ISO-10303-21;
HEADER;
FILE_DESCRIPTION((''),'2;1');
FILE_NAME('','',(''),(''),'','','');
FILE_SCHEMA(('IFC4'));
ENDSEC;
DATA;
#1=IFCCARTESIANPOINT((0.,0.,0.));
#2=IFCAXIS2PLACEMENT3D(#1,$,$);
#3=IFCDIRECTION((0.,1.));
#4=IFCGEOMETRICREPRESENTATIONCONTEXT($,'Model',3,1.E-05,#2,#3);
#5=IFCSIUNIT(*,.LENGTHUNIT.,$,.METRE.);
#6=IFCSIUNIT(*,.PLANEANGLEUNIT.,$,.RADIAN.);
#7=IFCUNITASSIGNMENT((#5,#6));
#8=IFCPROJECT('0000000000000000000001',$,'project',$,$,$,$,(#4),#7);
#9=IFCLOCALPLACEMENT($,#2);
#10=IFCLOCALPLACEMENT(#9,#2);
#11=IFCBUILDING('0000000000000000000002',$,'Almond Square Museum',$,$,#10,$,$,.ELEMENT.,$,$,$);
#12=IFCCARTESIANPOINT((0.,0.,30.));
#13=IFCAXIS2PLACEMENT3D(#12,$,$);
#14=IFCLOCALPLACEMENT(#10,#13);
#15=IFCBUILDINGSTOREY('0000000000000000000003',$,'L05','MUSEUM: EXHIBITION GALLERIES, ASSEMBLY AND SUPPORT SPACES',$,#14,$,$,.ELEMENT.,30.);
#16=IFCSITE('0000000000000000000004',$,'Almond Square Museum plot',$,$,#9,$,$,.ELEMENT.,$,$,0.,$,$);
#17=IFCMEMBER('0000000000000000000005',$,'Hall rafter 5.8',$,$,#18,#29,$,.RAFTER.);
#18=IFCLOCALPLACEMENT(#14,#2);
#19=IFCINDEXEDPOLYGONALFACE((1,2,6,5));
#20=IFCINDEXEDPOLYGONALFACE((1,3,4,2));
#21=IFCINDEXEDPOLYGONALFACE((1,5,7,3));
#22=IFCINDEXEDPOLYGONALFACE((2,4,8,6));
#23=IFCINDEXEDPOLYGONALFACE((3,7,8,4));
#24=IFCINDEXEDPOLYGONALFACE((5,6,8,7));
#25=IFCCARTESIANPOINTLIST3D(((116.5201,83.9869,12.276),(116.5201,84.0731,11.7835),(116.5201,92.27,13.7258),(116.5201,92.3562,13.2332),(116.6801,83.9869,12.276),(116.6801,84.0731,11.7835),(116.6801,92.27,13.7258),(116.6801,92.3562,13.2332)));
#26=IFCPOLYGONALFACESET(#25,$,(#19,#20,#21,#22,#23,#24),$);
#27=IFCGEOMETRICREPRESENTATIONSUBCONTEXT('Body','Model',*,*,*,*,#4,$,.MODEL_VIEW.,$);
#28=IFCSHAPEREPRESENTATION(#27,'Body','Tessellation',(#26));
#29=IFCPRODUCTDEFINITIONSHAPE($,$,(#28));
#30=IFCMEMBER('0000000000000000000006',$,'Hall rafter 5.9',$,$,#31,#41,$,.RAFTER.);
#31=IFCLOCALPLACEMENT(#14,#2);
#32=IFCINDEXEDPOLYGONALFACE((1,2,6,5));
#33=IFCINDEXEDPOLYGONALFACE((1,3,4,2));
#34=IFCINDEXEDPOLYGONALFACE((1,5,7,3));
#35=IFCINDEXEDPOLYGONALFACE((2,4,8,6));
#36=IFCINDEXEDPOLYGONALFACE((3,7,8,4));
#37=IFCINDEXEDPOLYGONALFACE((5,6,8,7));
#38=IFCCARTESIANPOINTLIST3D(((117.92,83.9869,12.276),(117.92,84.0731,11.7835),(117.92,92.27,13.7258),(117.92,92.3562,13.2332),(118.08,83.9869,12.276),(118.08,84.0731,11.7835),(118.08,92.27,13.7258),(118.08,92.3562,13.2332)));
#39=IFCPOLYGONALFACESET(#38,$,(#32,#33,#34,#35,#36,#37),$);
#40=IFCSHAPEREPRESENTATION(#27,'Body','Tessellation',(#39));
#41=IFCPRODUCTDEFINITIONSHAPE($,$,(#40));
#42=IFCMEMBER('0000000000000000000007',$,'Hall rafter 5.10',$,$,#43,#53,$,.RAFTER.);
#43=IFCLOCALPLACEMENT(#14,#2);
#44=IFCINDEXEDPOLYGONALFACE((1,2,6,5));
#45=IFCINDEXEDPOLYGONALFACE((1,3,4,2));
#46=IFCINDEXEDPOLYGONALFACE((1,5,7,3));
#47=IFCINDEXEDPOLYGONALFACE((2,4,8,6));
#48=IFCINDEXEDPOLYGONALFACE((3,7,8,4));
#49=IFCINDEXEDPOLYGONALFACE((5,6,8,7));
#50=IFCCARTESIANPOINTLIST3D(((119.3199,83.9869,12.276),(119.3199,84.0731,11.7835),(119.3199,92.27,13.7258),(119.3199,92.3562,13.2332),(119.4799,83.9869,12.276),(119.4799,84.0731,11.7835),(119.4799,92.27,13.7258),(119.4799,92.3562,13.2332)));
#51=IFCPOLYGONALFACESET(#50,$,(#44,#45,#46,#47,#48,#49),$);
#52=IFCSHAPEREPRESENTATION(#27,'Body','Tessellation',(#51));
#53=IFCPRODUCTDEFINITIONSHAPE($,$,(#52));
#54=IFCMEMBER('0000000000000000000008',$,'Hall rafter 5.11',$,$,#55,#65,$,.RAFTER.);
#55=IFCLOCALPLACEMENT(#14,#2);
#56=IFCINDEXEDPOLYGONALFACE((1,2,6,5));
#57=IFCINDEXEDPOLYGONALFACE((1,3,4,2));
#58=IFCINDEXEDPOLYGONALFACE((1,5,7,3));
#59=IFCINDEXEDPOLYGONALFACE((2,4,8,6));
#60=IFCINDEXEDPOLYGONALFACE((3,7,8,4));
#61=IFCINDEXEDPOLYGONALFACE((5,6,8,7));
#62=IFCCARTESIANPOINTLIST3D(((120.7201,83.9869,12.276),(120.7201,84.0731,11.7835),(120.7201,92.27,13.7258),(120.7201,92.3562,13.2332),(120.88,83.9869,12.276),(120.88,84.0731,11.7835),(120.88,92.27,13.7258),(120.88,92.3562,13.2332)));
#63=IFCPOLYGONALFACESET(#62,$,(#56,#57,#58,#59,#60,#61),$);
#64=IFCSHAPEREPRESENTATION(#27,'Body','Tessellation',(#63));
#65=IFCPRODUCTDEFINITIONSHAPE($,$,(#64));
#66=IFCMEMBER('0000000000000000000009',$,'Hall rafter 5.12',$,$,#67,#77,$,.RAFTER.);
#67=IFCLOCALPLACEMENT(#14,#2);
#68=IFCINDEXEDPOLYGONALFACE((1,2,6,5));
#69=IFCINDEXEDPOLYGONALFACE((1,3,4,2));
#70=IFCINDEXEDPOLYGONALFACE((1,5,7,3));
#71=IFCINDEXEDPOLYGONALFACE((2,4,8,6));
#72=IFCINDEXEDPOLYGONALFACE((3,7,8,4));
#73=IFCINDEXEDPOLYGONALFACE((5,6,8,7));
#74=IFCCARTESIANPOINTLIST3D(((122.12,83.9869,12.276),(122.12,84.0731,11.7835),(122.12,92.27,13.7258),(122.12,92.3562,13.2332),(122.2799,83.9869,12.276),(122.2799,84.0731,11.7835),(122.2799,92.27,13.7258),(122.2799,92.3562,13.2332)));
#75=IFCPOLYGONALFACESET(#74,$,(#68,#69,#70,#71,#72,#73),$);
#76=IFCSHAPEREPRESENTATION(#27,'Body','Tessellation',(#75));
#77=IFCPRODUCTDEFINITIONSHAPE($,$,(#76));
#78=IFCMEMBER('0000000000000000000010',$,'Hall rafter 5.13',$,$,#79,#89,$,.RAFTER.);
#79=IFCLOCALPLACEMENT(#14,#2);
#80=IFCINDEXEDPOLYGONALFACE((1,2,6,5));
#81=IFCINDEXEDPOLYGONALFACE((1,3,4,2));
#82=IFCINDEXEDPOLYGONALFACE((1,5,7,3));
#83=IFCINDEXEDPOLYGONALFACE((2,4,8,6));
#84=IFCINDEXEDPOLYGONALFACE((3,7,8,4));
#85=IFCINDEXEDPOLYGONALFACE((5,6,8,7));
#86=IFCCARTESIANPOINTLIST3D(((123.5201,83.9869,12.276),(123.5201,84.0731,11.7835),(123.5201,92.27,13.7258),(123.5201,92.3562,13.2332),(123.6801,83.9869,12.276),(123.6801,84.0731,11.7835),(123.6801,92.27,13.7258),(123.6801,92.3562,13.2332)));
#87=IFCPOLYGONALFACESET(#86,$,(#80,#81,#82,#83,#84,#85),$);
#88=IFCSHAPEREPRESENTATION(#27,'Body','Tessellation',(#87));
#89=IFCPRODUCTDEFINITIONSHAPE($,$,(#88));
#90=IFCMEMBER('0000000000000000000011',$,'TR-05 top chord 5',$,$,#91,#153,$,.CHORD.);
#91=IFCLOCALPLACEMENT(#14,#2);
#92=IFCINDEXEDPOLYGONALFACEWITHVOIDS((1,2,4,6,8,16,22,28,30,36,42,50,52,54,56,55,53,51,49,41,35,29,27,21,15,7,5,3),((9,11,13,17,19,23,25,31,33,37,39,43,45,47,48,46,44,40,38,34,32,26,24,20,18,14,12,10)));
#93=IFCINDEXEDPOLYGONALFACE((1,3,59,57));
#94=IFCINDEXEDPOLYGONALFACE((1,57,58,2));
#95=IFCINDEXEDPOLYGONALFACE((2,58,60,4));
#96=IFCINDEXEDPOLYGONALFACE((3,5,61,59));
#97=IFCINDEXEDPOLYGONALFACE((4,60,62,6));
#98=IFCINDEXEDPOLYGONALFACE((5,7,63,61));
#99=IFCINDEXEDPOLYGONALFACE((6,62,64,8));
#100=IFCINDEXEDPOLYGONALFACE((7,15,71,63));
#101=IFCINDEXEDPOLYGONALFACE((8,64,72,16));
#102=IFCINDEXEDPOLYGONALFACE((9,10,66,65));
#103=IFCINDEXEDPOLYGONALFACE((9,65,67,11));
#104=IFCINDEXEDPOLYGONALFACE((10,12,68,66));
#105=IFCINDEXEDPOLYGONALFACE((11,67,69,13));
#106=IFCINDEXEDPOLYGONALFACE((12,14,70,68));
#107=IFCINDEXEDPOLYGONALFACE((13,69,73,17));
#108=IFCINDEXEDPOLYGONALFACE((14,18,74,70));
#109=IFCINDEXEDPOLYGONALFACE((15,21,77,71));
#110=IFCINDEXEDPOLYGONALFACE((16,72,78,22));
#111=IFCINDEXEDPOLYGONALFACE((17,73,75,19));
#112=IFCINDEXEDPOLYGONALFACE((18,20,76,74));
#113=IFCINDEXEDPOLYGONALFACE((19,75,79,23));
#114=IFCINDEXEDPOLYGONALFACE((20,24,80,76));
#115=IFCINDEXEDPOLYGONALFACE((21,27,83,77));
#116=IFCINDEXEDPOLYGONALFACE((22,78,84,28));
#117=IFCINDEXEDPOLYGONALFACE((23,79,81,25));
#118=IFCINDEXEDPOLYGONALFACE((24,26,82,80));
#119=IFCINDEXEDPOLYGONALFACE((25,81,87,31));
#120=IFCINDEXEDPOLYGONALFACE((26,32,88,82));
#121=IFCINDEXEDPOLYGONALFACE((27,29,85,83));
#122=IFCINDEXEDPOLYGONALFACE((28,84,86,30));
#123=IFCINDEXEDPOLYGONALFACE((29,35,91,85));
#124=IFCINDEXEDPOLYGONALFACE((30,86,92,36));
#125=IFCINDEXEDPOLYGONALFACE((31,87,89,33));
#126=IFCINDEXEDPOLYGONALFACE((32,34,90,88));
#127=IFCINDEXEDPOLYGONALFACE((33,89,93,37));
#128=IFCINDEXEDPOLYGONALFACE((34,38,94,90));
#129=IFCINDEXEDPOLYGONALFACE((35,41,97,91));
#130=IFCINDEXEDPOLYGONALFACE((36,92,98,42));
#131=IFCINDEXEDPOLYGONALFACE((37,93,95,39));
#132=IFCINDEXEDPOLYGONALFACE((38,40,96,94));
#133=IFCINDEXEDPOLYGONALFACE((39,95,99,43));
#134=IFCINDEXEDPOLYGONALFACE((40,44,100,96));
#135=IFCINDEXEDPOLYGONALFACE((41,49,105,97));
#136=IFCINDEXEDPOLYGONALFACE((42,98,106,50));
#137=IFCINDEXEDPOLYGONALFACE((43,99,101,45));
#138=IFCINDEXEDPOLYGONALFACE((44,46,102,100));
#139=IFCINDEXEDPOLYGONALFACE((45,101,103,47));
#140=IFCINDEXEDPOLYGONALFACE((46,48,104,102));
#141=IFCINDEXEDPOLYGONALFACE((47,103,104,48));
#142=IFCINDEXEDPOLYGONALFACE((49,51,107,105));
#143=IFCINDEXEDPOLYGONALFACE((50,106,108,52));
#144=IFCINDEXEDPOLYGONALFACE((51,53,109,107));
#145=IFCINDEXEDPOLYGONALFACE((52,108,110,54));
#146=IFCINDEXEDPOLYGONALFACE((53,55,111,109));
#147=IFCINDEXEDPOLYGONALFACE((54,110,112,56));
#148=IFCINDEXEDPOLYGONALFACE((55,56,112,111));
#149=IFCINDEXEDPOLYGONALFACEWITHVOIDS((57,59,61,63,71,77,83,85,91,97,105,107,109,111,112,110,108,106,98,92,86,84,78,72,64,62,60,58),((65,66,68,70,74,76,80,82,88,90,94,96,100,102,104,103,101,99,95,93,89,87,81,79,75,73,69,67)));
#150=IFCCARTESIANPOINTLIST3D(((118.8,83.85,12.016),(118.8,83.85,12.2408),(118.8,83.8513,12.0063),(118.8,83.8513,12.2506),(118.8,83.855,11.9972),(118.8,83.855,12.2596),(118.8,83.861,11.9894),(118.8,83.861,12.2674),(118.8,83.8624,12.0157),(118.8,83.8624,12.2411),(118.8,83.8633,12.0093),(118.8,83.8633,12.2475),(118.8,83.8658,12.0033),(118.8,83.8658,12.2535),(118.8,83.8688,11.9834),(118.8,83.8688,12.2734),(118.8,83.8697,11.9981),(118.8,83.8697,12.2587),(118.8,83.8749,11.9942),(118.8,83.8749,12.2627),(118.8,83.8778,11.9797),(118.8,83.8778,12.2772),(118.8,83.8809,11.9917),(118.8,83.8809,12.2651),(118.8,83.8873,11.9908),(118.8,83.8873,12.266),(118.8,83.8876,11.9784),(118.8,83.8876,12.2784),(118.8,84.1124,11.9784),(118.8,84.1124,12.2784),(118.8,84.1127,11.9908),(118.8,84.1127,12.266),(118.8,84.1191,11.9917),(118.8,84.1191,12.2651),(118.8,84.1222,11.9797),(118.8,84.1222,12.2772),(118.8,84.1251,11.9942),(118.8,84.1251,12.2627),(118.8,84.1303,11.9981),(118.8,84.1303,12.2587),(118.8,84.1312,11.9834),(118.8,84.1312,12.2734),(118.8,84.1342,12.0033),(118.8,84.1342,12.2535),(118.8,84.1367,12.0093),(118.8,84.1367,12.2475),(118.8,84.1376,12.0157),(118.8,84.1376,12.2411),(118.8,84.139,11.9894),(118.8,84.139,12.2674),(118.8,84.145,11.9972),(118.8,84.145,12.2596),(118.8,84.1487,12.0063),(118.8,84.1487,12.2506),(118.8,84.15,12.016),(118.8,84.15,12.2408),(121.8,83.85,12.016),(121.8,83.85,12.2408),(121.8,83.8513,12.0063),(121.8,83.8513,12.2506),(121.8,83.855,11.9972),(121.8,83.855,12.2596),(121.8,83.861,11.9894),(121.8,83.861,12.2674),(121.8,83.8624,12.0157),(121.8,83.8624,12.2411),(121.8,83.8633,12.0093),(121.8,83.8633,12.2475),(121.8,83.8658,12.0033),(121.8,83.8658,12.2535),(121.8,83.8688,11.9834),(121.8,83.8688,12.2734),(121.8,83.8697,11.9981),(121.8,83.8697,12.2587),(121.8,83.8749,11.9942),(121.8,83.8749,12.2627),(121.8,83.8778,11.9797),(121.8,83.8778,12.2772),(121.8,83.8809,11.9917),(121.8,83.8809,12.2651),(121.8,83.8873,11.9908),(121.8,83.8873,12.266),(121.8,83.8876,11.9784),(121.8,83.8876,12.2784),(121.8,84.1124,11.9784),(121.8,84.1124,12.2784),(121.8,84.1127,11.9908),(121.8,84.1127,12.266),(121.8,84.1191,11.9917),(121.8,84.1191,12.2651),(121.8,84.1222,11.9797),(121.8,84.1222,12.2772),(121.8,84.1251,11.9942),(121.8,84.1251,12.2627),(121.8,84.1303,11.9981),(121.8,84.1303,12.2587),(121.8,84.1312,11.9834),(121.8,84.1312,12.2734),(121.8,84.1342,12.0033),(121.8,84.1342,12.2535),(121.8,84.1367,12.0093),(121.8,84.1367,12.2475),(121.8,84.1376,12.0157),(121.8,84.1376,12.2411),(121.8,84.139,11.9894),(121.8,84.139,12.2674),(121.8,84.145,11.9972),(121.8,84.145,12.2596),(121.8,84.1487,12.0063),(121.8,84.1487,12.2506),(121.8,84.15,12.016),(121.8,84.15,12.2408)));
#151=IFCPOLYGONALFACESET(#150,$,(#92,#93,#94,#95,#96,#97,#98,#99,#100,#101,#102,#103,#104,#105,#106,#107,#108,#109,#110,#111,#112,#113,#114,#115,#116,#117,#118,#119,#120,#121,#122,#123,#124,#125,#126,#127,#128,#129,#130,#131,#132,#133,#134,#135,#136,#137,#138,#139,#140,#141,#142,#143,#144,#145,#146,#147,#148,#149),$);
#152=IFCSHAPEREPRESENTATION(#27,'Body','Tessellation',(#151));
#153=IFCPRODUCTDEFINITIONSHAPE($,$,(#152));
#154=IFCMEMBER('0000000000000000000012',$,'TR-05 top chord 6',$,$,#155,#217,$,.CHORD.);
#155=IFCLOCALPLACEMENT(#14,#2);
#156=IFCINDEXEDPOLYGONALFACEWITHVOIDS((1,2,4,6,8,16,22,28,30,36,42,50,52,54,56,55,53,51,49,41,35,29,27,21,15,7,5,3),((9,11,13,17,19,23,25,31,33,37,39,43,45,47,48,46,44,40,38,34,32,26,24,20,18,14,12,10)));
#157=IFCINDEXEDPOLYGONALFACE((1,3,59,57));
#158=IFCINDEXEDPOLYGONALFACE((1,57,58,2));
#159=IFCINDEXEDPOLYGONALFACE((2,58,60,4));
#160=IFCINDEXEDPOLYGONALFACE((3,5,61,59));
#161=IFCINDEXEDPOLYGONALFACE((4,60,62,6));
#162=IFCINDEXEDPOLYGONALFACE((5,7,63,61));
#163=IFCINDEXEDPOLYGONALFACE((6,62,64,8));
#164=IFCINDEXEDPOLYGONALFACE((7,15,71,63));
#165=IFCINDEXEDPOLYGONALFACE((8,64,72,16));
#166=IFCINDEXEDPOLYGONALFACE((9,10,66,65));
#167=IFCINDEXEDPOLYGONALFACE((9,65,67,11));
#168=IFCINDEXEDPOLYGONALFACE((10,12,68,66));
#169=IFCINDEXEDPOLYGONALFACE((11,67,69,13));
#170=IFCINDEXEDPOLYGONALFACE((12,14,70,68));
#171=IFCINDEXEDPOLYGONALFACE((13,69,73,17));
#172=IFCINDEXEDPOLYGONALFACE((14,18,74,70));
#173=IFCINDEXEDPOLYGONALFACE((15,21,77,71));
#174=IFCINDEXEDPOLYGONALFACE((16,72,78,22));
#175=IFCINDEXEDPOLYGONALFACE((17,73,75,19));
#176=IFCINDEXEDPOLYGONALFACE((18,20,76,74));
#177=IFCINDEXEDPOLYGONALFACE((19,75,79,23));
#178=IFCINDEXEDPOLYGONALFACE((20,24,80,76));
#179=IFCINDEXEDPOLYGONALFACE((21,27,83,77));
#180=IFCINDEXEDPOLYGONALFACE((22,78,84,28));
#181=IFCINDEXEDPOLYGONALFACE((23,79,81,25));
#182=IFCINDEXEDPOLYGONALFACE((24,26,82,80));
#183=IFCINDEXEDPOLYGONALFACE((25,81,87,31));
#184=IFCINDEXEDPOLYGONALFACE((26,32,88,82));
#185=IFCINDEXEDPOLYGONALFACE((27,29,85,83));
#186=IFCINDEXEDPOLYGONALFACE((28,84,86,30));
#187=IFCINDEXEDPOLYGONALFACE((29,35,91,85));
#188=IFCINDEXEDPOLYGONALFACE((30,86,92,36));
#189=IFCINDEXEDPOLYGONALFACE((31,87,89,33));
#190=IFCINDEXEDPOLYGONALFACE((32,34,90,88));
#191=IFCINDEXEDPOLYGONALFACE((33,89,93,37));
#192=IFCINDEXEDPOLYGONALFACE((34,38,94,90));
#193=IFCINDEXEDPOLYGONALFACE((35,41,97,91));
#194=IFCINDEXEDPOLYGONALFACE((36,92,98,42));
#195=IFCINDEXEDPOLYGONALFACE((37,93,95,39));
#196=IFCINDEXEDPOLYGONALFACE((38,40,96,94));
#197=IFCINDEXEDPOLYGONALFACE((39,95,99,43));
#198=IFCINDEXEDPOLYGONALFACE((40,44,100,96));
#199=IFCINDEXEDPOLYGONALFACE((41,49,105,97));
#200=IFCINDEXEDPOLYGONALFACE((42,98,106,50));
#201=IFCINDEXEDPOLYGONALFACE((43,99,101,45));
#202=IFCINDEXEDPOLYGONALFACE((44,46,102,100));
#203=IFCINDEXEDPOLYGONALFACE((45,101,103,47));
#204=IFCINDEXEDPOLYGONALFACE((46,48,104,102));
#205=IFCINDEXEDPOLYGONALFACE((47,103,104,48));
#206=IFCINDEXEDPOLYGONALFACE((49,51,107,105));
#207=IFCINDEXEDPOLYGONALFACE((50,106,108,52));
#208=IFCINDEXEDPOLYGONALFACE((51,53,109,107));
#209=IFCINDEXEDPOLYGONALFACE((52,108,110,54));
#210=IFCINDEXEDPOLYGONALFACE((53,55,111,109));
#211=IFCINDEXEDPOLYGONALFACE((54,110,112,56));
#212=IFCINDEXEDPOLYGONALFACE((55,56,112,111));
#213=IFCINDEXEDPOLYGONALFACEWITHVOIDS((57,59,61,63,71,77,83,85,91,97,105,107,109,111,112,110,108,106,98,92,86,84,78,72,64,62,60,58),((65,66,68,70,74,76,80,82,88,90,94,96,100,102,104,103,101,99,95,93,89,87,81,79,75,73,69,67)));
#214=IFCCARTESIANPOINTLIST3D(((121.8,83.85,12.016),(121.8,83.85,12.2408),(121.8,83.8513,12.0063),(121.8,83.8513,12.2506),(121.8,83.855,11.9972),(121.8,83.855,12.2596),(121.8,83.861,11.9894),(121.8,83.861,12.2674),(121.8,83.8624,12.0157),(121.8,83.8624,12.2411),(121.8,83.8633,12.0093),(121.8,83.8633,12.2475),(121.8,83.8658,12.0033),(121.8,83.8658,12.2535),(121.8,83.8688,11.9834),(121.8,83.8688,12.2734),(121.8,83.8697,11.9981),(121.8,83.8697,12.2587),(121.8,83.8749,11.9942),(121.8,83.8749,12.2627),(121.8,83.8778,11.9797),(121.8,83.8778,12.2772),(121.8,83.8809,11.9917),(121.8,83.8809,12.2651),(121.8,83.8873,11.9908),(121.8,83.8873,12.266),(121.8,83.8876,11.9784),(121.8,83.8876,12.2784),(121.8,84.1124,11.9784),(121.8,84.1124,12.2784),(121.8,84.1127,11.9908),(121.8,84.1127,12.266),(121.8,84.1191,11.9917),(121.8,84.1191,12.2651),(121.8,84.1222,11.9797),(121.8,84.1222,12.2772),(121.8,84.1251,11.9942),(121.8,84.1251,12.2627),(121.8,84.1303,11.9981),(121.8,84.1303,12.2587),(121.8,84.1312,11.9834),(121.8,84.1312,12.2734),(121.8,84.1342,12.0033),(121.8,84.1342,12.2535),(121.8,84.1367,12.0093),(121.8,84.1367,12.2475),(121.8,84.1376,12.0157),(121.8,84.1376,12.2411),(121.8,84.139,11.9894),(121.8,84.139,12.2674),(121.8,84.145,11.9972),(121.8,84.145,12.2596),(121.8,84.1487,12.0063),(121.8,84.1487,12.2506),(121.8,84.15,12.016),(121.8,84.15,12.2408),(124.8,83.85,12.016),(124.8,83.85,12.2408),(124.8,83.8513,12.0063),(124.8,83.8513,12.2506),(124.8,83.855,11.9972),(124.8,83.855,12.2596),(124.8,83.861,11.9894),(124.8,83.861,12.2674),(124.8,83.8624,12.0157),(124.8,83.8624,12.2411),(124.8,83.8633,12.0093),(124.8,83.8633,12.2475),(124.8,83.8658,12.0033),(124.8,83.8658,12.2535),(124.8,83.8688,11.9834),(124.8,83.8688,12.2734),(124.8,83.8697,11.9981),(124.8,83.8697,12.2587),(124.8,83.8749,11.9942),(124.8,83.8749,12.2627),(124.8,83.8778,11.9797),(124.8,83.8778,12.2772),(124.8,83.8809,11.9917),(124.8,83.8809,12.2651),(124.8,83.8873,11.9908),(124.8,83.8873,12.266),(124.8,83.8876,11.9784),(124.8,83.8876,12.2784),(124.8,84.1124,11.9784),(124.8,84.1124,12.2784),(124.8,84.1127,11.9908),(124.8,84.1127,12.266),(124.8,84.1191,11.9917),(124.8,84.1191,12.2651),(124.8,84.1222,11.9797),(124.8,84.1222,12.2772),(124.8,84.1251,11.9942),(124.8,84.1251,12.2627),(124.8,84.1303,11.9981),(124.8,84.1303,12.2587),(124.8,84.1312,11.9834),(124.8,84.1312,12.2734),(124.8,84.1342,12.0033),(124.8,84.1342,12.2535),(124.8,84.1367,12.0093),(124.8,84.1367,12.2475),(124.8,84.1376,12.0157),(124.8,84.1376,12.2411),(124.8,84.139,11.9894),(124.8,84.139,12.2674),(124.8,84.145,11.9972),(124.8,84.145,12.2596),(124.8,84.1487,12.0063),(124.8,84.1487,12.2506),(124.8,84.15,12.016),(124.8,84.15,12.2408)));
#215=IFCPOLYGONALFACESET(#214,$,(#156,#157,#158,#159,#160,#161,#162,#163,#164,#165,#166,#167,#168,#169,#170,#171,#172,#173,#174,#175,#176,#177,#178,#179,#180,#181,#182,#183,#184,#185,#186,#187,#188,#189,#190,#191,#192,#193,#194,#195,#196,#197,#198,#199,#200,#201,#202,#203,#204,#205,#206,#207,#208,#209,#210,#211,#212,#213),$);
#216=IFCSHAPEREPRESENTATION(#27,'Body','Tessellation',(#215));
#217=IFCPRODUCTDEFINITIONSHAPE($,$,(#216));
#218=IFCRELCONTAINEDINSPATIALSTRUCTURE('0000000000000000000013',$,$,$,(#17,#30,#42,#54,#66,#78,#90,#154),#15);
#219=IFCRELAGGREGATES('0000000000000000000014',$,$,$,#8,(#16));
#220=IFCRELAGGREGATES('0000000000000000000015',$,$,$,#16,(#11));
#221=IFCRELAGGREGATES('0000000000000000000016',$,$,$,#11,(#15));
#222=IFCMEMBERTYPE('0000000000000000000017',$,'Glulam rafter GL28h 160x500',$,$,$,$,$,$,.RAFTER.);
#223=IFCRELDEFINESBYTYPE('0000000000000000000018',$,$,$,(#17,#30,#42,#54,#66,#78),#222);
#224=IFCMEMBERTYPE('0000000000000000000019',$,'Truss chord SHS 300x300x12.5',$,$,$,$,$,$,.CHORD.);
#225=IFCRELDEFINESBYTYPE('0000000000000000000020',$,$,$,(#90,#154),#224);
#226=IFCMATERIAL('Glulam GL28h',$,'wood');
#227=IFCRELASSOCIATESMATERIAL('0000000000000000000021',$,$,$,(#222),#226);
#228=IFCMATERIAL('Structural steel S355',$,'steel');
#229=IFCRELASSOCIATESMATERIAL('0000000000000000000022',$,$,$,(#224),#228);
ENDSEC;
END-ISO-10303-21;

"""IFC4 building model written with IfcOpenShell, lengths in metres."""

from ifc_helpers import new_model, si_unit, direction, frame, origin, origin_2d, place, context, subcontext, project, spatial, rectangle, hollow_rectangle, extrude, material, material_profile, profile_set, type_object, element, save


model = new_model("IFC4")

# Units and contexts
model_context = context("Model", 3, precision=1e-05, world=origin(), true_north=direction((0.0, 1.0)))
body_context = subcontext(model_context, "Body", "Model", "MODEL_VIEW")
ifc_project = project(units=[si_unit("LENGTHUNIT", "METRE"), si_unit("PLANEANGLEUNIT", "RADIAN")], contexts=[model_context])

# Site, building, storey
site_placement = place(None, origin())
site = spatial("IfcSite", under=ifc_project, at=site_placement, Name="Almond Square Museum plot", CompositionType="ELEMENT", RefElevation=0.0)
building_placement = place(site_placement, origin())
building = spatial("IfcBuilding", under=site, at=building_placement, Name="Almond Square Museum", CompositionType="ELEMENT")
storey_placement = place(building_placement, frame((0.0, 0.0, 30.0)))
storey = spatial("IfcBuildingStorey", under=building, at=storey_placement, Name="L05", Description="MUSEUM: EXHIBITION GALLERIES, ASSEMBLY AND SUPPORT SPACES", CompositionType="ELEMENT", Elevation=30.0)

# Members
ifc_material_1 = material(Name="Glulam GL28h", Category="wood")
ifc_material_profile_1 = material_profile(ifc_material_1, rectangle(XDim=0.1599, YDim=0.5, at=origin_2d()))
ifc_profile_set_1 = profile_set([ifc_material_profile_1], Name="Glulam GL28h")
member_type_1 = type_object("IfcMemberType", Name="Glulam rafter GL28h 160x500", PredefinedType="RAFTER", material=ifc_profile_set_1)
for number, where, z_axis, x_axis, name in (
    (1, (116.6001, 84.03, 12.0298), (0.0, 0.985027, 0.172402), (-1.0, 0.0, 0.0), "Hall rafter 5.8"),
    (2, (118.0, 84.03, 12.0298), (0.0, 0.985027, 0.172402), (-1.0, 0.0, 0.0), "Hall rafter 5.9"),
    (3, (119.3999, 84.03, 12.0298), (0.0, 0.985027, 0.172402), (-1.0, 0.0, 0.0), "Hall rafter 5.10"),
    (4, (120.8, 84.03, 12.0298), (0.0, 0.985027, 0.172402), (-1.0, 0.0, 0.0), "Hall rafter 5.11"),
    (5, (122.2, 84.03, 12.0298), (0.0, 0.985027, 0.172402), (-1.0, 0.0, 0.0), "Hall rafter 5.12"),
    (6, (123.6001, 84.03, 12.0298), (0.0, 0.985027, 0.172402), (-1.0, 0.0, 0.0), "Hall rafter 5.13"),
):
    element("IfcMember", number, at=place(storey_placement, frame(where, z_axis=z_axis, x_axis=x_axis)), inside=storey, type_object=member_type_1, Name=name, PredefinedType="RAFTER", context=body_context, shape_type="SweptSolid", body=[
        extrude(rectangle(XDim=0.1599, YDim=0.5, at=origin_2d()), origin(), (0.0, 0.0, 1.0), 8.4089),
    ])
ifc_material_2 = material(Name="Structural steel S355", Category="steel")
ifc_material_profile_2 = material_profile(ifc_material_2, hollow_rectangle(XDim=0.3, YDim=0.3, WallThickness=0.0125, InnerFilletRadius=0.0249, OuterFilletRadius=0.0376, at=origin_2d()))
ifc_profile_set_2 = profile_set([ifc_material_profile_2], Name="Structural steel S355")
member_type_2 = type_object("IfcMemberType", Name="Truss chord SHS 300x300x12.5", PredefinedType="CHORD", material=ifc_profile_set_2)
for number, where, z_axis, x_axis, name in (
    (7, (118.8, 84.0, 12.1284), (1.0, 0.0, 0.0), (0.0, 1.0, 0.0), "TR-05 top chord 5"),
    (8, (121.8, 84.0, 12.1284), (1.0, 0.0, 0.0), (0.0, 1.0, 0.0), "TR-05 top chord 6"),
):
    element("IfcMember", number, at=place(storey_placement, frame(where, z_axis=z_axis, x_axis=x_axis)), inside=storey, type_object=member_type_2, Name=name, PredefinedType="CHORD", context=body_context, shape_type="SweptSolid", body=[
        extrude(hollow_rectangle(XDim=0.3, YDim=0.3, WallThickness=0.0125, InnerFilletRadius=0.0249, OuterFilletRadius=0.0376, at=origin_2d()), origin(), (0.0, 0.0, 1.0), 3.0),
    ])

save(model, "model.ifc")
